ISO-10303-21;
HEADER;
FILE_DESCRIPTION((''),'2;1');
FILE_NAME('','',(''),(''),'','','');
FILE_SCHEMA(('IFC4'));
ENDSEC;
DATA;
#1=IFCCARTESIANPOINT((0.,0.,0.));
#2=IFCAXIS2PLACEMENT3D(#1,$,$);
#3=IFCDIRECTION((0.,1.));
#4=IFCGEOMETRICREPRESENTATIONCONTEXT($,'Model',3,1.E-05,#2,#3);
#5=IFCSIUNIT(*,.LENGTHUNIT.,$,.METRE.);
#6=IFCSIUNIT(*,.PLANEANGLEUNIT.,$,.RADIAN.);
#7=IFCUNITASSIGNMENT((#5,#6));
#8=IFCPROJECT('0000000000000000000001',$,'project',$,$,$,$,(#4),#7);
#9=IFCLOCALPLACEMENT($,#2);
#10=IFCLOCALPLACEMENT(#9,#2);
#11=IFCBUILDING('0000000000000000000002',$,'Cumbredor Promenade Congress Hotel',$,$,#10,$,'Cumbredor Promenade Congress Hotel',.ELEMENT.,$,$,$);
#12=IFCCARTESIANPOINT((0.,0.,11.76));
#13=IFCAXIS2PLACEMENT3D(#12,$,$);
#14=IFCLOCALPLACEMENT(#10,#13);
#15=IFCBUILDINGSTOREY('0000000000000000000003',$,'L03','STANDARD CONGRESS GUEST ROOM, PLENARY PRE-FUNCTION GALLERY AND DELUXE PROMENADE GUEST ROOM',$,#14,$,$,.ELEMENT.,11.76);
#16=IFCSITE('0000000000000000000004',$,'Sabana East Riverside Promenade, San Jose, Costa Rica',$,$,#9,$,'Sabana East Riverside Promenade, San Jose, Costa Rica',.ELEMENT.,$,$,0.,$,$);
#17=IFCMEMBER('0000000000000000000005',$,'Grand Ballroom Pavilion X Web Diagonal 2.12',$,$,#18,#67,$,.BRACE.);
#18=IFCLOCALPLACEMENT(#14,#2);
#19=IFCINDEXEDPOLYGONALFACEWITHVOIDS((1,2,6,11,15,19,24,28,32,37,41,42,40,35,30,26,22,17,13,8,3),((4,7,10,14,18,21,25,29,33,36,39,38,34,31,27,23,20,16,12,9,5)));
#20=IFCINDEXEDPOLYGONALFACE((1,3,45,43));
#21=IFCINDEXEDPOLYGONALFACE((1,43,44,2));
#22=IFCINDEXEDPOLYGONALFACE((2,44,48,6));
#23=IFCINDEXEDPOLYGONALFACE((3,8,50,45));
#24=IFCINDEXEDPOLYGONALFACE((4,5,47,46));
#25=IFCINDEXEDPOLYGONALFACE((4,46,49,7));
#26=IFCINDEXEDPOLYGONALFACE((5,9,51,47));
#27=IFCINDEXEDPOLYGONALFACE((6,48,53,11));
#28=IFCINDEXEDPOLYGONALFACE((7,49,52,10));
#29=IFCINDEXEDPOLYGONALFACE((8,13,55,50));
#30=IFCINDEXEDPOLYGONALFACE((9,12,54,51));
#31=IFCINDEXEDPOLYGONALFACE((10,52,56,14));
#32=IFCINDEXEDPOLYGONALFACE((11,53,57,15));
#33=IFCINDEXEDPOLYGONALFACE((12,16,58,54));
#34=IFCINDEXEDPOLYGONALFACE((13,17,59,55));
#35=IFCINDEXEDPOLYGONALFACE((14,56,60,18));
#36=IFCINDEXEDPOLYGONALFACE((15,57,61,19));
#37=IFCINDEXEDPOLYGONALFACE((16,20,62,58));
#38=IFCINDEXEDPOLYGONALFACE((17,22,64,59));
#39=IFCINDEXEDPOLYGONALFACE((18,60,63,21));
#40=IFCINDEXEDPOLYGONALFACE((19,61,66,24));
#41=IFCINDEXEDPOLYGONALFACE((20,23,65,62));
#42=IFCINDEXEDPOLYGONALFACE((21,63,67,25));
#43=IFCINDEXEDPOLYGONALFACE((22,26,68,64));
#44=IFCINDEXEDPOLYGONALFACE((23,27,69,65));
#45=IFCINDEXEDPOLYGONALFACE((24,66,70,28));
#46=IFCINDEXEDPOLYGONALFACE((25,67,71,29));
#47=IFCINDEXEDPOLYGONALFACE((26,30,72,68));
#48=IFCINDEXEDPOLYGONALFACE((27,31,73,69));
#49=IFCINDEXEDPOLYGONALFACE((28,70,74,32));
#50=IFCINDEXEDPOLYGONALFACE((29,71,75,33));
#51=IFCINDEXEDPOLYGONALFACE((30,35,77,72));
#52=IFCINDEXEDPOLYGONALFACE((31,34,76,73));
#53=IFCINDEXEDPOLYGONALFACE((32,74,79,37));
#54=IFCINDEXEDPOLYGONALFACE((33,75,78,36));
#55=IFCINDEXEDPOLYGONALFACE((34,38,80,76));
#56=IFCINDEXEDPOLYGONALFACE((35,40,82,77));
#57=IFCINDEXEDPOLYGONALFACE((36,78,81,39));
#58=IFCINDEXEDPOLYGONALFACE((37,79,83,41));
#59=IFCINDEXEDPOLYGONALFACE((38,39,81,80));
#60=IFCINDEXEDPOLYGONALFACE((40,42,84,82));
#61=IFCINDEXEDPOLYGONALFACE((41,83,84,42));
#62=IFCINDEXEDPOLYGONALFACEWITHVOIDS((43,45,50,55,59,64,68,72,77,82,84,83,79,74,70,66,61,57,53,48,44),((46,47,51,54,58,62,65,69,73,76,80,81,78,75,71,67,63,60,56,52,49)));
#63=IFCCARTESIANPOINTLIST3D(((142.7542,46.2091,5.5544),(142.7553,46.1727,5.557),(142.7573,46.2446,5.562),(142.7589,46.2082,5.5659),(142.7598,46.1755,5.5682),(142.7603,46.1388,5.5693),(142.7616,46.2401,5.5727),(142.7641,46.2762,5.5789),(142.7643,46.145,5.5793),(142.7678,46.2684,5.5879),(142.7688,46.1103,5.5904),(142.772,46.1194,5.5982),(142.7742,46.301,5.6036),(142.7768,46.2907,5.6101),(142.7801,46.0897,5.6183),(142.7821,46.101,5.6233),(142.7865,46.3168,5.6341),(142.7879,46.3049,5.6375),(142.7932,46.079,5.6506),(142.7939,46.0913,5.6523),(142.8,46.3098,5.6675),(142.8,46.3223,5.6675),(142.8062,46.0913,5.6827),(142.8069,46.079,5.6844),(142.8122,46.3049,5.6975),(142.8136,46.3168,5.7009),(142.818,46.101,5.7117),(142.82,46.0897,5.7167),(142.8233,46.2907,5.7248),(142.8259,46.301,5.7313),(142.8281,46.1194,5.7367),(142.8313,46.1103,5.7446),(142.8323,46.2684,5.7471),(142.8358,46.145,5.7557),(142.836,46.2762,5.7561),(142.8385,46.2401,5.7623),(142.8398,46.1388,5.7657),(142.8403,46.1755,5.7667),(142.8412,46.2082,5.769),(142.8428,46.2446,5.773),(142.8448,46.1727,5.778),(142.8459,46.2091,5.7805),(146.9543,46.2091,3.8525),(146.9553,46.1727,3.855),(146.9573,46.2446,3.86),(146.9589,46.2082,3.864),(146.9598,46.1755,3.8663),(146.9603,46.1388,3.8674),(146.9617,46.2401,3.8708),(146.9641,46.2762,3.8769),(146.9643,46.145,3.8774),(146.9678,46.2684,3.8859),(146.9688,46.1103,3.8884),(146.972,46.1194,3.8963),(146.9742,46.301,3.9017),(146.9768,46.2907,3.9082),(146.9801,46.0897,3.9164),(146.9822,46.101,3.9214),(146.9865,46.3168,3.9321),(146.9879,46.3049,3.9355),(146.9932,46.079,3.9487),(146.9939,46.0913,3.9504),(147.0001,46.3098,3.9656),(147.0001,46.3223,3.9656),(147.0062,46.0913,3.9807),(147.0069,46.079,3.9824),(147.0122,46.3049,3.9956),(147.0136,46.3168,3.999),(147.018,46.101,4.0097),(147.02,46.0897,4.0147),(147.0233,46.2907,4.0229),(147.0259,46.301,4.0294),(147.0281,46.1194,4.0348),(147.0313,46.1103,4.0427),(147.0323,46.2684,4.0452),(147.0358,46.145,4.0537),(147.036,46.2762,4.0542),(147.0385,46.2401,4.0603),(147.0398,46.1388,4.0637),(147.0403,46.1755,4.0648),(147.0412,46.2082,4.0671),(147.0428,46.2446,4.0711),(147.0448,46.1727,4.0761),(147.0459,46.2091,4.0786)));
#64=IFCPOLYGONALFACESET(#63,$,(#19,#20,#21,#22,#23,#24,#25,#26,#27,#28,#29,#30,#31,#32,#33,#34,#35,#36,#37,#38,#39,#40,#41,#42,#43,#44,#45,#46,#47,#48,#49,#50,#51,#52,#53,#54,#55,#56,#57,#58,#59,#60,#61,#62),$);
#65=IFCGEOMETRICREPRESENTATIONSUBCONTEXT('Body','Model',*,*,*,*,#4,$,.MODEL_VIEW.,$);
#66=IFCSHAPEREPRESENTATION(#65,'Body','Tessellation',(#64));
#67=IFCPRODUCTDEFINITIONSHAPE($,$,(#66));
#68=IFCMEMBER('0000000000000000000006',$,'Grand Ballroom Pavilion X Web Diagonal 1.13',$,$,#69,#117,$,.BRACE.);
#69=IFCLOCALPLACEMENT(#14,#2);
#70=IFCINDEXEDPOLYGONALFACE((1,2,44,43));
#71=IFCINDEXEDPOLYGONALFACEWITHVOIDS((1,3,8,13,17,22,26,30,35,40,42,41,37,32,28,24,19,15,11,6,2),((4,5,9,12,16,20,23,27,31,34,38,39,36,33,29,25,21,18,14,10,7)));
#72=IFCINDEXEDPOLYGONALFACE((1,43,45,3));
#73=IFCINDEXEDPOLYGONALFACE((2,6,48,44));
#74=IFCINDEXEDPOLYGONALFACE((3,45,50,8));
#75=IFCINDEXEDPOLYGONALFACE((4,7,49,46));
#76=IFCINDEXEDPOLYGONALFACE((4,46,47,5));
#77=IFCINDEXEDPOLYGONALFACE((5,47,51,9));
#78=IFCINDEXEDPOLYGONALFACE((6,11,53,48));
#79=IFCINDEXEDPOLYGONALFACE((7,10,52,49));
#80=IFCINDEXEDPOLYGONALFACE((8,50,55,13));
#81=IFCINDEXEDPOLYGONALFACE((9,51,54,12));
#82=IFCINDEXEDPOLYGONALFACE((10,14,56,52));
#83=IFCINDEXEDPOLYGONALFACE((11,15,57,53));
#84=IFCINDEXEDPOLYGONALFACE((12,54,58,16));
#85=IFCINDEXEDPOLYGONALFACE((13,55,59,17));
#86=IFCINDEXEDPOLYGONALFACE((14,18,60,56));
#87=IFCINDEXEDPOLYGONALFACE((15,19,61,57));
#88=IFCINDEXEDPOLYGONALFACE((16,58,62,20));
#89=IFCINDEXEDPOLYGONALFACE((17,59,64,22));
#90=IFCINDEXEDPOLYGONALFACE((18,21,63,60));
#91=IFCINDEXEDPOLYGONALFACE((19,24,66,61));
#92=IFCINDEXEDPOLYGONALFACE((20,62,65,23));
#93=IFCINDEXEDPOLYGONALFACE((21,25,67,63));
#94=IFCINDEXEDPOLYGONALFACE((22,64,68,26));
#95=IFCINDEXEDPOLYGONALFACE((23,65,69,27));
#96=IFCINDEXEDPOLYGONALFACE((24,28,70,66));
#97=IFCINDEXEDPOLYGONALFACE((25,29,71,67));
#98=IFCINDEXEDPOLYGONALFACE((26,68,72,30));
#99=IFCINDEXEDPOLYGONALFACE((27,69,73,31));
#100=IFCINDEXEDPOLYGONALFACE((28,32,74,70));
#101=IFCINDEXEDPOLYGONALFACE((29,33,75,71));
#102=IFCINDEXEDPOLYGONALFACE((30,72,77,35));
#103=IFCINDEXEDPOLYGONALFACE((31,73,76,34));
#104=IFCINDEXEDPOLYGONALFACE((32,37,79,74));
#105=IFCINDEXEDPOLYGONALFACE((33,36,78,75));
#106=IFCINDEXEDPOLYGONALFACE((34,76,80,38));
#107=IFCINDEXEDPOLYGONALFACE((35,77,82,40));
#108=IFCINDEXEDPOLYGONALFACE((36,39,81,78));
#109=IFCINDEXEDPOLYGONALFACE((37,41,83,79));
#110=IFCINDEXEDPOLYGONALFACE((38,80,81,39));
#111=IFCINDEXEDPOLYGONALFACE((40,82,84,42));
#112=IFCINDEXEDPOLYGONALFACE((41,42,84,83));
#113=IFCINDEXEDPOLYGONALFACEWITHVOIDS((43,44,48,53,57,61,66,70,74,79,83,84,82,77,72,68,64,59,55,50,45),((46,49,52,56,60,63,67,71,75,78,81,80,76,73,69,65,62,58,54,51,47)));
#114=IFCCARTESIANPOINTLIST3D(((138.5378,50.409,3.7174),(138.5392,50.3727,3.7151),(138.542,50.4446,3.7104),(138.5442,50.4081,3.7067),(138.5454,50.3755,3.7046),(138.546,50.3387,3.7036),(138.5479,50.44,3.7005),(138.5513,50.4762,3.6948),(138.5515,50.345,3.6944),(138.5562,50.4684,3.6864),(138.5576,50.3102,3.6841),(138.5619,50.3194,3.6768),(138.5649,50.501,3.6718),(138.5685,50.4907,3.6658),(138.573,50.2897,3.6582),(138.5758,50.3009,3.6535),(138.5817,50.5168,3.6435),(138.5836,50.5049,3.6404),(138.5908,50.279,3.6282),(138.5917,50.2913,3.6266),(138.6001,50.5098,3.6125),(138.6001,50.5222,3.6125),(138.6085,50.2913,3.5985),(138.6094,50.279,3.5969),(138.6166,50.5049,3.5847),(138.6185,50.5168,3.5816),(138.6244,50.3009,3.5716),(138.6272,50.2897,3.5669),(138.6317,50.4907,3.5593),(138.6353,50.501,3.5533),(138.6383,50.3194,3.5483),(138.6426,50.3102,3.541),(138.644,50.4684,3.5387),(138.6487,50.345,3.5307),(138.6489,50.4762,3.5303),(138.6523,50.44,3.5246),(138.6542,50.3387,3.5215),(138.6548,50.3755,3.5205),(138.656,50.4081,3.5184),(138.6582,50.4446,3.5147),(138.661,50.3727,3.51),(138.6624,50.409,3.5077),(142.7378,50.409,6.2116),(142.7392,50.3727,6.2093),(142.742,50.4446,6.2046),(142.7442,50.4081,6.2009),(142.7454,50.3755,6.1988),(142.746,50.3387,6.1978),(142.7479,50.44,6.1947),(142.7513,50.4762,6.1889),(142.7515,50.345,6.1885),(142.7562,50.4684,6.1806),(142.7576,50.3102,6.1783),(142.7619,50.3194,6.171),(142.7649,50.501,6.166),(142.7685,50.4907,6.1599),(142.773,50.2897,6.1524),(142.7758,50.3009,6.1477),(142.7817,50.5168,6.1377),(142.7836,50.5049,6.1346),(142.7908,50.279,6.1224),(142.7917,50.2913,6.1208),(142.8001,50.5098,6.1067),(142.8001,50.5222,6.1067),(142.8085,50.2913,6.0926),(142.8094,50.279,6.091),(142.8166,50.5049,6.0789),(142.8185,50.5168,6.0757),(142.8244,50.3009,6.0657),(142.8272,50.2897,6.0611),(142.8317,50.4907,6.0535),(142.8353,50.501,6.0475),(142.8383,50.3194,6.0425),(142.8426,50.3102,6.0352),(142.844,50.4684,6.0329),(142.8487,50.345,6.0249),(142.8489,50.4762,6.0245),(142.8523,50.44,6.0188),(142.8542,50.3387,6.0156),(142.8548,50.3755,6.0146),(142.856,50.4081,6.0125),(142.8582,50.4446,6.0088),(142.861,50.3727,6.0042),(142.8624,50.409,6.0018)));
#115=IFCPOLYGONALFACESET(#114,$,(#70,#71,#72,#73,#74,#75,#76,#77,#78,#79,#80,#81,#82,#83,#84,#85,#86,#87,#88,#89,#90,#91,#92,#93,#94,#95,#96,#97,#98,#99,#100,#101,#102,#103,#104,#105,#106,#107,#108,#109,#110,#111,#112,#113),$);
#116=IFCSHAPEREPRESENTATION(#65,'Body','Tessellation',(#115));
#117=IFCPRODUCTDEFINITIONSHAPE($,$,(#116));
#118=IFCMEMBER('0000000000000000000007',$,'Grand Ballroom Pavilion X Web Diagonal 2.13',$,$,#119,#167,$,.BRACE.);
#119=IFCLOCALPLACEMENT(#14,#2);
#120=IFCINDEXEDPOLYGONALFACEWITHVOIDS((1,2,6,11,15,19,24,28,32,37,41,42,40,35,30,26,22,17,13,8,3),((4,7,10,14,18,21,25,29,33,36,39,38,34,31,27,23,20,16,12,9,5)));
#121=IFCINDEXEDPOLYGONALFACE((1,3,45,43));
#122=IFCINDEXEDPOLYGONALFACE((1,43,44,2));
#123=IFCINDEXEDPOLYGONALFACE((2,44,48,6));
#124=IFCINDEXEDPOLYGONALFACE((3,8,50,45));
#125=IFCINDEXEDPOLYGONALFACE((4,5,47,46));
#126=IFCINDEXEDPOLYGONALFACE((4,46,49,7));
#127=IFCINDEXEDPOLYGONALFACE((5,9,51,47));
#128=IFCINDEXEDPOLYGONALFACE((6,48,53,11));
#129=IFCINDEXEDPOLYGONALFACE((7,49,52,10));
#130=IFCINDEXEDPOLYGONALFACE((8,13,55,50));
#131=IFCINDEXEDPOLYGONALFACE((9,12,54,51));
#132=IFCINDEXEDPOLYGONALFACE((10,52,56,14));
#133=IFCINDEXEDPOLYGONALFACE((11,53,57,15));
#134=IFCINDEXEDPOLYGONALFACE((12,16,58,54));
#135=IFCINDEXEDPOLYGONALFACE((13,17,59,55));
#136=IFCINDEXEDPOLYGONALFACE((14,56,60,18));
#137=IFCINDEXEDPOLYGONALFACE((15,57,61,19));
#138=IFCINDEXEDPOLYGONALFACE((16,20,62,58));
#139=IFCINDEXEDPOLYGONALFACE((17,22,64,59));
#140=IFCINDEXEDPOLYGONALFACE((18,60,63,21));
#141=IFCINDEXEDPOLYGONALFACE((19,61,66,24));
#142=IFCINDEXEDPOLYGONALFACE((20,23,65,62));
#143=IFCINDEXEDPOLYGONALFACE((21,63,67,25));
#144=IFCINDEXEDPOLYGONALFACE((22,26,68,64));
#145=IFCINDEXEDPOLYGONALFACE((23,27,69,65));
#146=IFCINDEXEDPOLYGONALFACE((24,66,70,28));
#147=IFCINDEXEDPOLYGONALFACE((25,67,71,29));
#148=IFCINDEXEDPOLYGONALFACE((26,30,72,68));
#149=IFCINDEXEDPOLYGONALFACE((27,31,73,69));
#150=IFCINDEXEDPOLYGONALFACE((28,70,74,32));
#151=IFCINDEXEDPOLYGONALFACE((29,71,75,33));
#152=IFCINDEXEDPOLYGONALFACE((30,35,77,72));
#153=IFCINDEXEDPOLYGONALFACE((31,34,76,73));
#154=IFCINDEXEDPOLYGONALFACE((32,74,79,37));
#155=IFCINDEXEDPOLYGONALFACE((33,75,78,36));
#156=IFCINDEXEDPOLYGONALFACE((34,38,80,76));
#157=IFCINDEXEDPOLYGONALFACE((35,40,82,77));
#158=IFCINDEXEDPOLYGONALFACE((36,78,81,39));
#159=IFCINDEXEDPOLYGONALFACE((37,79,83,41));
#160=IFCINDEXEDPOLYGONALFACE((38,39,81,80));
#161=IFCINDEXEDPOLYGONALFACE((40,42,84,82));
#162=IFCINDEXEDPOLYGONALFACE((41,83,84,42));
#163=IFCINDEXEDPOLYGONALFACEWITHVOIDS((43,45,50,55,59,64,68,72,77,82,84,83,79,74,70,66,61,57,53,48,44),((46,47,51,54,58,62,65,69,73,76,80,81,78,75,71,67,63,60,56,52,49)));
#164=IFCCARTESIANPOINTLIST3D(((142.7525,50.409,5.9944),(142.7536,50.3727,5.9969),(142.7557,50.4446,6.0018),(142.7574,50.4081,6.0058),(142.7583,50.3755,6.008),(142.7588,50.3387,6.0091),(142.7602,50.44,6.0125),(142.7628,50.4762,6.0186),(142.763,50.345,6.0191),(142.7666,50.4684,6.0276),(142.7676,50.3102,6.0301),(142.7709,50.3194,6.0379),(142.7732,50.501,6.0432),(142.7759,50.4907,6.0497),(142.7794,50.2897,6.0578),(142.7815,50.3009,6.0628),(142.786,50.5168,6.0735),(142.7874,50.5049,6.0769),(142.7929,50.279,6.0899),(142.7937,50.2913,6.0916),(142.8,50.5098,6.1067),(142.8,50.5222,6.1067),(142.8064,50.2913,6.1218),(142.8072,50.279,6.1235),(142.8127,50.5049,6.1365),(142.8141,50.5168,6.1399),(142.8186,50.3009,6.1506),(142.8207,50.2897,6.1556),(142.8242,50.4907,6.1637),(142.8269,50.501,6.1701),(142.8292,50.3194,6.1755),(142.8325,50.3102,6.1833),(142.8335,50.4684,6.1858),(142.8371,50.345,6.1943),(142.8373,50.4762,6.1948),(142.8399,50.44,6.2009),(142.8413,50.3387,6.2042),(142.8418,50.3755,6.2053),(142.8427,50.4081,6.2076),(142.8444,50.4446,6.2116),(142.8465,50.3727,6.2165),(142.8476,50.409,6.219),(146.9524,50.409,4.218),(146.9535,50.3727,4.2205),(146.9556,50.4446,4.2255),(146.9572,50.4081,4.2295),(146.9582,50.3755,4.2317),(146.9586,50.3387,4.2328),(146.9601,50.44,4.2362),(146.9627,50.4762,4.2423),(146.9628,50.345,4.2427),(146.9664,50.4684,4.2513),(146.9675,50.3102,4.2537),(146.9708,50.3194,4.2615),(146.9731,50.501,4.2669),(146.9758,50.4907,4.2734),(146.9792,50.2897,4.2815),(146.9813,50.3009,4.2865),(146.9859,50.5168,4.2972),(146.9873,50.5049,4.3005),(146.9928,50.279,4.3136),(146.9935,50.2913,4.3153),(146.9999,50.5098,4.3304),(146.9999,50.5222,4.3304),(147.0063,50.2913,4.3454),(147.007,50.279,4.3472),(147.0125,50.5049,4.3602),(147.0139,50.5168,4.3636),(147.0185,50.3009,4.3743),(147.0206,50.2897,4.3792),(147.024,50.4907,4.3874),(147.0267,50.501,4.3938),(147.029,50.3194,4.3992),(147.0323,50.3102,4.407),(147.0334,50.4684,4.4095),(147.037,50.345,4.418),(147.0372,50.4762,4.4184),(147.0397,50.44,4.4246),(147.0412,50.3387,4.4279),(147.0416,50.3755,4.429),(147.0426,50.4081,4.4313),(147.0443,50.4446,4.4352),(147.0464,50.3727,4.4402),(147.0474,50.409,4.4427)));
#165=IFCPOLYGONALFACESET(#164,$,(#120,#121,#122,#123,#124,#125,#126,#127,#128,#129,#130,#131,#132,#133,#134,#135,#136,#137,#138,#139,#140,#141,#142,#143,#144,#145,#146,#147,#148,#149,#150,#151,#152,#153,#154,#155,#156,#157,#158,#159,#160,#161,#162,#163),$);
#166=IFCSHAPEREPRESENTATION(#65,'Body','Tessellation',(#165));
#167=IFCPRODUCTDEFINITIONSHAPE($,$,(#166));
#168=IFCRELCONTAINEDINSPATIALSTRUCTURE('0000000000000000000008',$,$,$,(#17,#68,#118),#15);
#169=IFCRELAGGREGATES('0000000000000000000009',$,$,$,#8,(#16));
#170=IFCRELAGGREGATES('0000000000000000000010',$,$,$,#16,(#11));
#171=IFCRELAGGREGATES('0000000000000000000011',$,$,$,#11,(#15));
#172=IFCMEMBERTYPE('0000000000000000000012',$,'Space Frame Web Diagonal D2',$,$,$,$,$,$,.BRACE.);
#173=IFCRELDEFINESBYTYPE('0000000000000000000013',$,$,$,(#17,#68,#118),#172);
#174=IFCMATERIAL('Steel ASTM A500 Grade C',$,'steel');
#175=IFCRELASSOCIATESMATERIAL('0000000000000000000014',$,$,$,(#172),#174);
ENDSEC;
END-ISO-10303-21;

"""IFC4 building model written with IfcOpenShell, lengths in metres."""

from ifc_helpers import new_model, si_unit, direction, frame, origin, origin_2d, place, context, subcontext, project, spatial, hollow_circle, extrude, material, material_profile, profile_set, type_object, element, save


model = new_model("IFC4")

# Units and contexts
model_context = context("Model", 3, precision=1e-05, world=origin(), true_north=direction((0.0, 1.0)))
body_context = subcontext(model_context, "Body", "Model", "MODEL_VIEW")
ifc_project = project(units=[si_unit("LENGTHUNIT", "METRE"), si_unit("PLANEANGLEUNIT", "RADIAN")], contexts=[model_context])

# Site, building, storey
site_placement = place(None, origin())
site = spatial("IfcSite", under=ifc_project, at=site_placement, Name="Sabana East Riverside Promenade, San Jose, Costa Rica", LongName="Sabana East Riverside Promenade, San Jose, Costa Rica", CompositionType="ELEMENT", RefElevation=0.0)
building_placement = place(site_placement, origin())
building = spatial("IfcBuilding", under=site, at=building_placement, Name="Cumbredor Promenade Congress Hotel", LongName="Cumbredor Promenade Congress Hotel", CompositionType="ELEMENT")
storey_placement = place(building_placement, frame((0.0, 0.0, 11.76)))
storey = spatial("IfcBuildingStorey", under=building, at=storey_placement, Name="L03", Description="STANDARD CONGRESS GUEST ROOM, PLENARY PRE-FUNCTION GALLERY AND DELUXE PROMENADE GUEST ROOM", CompositionType="ELEMENT", Elevation=11.76)

# Members
ifc_material_1 = material(Name="Steel ASTM A500 Grade C", Category="steel")
ifc_material_profile_1 = material_profile(ifc_material_1, hollow_circle(Radius=0.1223, WallThickness=0.0125, at=origin_2d()), Name="CHS 244.5x12.5")
ifc_profile_set_1 = profile_set([ifc_material_profile_1], Name="Steel ASTM A500 Grade C")
member_type_1 = type_object("IfcMemberType", Name="Space Frame Web Diagonal D2", PredefinedType="BRACE", material=ifc_profile_set_1)
member_1_placement = place(storey_placement, frame((142.8, 46.2, 5.6675), z_axis=(0.926799, 0.0, -0.375558), x_axis=(0.0, 1.0, 0.0)))
element("IfcMember", 1, at=member_1_placement, inside=storey, type_object=member_type_1, Name="Grand Ballroom Pavilion X Web Diagonal 2.12", PredefinedType="BRACE", context=body_context, shape_type="SweptSolid", body=[
    extrude(hollow_circle(Radius=0.1223, WallThickness=0.0125, at=origin_2d()), origin(), (0.0, 0.0, 1.0), 4.5317),
])
member_2_placement = place(storey_placement, frame((138.6001, 50.3999, 3.6125), z_axis=(0.859817, 0.0, 0.510602), x_axis=(0.0, 1.0, 0.0)))
element("IfcMember", 2, at=member_2_placement, inside=storey, type_object=member_type_1, Name="Grand Ballroom Pavilion X Web Diagonal 1.13", PredefinedType="BRACE", context=body_context, shape_type="SweptSolid", body=[
    extrude(hollow_circle(Radius=0.1223, WallThickness=0.0125, at=origin_2d()), origin(), (0.0, 0.0, 1.0), 4.8848),
])
member_3_placement = place(storey_placement, frame((142.8, 50.3999, 6.1067), z_axis=(0.921009, 0.0, -0.38954), x_axis=(0.0, 1.0, 0.0)))
element("IfcMember", 3, at=member_3_placement, inside=storey, type_object=member_type_1, Name="Grand Ballroom Pavilion X Web Diagonal 2.13", PredefinedType="BRACE", context=body_context, shape_type="SweptSolid", body=[
    extrude(hollow_circle(Radius=0.1223, WallThickness=0.0125, at=origin_2d()), origin(), (0.0, 0.0, 1.0), 4.5601),
])

save(model, "model.ifc")
